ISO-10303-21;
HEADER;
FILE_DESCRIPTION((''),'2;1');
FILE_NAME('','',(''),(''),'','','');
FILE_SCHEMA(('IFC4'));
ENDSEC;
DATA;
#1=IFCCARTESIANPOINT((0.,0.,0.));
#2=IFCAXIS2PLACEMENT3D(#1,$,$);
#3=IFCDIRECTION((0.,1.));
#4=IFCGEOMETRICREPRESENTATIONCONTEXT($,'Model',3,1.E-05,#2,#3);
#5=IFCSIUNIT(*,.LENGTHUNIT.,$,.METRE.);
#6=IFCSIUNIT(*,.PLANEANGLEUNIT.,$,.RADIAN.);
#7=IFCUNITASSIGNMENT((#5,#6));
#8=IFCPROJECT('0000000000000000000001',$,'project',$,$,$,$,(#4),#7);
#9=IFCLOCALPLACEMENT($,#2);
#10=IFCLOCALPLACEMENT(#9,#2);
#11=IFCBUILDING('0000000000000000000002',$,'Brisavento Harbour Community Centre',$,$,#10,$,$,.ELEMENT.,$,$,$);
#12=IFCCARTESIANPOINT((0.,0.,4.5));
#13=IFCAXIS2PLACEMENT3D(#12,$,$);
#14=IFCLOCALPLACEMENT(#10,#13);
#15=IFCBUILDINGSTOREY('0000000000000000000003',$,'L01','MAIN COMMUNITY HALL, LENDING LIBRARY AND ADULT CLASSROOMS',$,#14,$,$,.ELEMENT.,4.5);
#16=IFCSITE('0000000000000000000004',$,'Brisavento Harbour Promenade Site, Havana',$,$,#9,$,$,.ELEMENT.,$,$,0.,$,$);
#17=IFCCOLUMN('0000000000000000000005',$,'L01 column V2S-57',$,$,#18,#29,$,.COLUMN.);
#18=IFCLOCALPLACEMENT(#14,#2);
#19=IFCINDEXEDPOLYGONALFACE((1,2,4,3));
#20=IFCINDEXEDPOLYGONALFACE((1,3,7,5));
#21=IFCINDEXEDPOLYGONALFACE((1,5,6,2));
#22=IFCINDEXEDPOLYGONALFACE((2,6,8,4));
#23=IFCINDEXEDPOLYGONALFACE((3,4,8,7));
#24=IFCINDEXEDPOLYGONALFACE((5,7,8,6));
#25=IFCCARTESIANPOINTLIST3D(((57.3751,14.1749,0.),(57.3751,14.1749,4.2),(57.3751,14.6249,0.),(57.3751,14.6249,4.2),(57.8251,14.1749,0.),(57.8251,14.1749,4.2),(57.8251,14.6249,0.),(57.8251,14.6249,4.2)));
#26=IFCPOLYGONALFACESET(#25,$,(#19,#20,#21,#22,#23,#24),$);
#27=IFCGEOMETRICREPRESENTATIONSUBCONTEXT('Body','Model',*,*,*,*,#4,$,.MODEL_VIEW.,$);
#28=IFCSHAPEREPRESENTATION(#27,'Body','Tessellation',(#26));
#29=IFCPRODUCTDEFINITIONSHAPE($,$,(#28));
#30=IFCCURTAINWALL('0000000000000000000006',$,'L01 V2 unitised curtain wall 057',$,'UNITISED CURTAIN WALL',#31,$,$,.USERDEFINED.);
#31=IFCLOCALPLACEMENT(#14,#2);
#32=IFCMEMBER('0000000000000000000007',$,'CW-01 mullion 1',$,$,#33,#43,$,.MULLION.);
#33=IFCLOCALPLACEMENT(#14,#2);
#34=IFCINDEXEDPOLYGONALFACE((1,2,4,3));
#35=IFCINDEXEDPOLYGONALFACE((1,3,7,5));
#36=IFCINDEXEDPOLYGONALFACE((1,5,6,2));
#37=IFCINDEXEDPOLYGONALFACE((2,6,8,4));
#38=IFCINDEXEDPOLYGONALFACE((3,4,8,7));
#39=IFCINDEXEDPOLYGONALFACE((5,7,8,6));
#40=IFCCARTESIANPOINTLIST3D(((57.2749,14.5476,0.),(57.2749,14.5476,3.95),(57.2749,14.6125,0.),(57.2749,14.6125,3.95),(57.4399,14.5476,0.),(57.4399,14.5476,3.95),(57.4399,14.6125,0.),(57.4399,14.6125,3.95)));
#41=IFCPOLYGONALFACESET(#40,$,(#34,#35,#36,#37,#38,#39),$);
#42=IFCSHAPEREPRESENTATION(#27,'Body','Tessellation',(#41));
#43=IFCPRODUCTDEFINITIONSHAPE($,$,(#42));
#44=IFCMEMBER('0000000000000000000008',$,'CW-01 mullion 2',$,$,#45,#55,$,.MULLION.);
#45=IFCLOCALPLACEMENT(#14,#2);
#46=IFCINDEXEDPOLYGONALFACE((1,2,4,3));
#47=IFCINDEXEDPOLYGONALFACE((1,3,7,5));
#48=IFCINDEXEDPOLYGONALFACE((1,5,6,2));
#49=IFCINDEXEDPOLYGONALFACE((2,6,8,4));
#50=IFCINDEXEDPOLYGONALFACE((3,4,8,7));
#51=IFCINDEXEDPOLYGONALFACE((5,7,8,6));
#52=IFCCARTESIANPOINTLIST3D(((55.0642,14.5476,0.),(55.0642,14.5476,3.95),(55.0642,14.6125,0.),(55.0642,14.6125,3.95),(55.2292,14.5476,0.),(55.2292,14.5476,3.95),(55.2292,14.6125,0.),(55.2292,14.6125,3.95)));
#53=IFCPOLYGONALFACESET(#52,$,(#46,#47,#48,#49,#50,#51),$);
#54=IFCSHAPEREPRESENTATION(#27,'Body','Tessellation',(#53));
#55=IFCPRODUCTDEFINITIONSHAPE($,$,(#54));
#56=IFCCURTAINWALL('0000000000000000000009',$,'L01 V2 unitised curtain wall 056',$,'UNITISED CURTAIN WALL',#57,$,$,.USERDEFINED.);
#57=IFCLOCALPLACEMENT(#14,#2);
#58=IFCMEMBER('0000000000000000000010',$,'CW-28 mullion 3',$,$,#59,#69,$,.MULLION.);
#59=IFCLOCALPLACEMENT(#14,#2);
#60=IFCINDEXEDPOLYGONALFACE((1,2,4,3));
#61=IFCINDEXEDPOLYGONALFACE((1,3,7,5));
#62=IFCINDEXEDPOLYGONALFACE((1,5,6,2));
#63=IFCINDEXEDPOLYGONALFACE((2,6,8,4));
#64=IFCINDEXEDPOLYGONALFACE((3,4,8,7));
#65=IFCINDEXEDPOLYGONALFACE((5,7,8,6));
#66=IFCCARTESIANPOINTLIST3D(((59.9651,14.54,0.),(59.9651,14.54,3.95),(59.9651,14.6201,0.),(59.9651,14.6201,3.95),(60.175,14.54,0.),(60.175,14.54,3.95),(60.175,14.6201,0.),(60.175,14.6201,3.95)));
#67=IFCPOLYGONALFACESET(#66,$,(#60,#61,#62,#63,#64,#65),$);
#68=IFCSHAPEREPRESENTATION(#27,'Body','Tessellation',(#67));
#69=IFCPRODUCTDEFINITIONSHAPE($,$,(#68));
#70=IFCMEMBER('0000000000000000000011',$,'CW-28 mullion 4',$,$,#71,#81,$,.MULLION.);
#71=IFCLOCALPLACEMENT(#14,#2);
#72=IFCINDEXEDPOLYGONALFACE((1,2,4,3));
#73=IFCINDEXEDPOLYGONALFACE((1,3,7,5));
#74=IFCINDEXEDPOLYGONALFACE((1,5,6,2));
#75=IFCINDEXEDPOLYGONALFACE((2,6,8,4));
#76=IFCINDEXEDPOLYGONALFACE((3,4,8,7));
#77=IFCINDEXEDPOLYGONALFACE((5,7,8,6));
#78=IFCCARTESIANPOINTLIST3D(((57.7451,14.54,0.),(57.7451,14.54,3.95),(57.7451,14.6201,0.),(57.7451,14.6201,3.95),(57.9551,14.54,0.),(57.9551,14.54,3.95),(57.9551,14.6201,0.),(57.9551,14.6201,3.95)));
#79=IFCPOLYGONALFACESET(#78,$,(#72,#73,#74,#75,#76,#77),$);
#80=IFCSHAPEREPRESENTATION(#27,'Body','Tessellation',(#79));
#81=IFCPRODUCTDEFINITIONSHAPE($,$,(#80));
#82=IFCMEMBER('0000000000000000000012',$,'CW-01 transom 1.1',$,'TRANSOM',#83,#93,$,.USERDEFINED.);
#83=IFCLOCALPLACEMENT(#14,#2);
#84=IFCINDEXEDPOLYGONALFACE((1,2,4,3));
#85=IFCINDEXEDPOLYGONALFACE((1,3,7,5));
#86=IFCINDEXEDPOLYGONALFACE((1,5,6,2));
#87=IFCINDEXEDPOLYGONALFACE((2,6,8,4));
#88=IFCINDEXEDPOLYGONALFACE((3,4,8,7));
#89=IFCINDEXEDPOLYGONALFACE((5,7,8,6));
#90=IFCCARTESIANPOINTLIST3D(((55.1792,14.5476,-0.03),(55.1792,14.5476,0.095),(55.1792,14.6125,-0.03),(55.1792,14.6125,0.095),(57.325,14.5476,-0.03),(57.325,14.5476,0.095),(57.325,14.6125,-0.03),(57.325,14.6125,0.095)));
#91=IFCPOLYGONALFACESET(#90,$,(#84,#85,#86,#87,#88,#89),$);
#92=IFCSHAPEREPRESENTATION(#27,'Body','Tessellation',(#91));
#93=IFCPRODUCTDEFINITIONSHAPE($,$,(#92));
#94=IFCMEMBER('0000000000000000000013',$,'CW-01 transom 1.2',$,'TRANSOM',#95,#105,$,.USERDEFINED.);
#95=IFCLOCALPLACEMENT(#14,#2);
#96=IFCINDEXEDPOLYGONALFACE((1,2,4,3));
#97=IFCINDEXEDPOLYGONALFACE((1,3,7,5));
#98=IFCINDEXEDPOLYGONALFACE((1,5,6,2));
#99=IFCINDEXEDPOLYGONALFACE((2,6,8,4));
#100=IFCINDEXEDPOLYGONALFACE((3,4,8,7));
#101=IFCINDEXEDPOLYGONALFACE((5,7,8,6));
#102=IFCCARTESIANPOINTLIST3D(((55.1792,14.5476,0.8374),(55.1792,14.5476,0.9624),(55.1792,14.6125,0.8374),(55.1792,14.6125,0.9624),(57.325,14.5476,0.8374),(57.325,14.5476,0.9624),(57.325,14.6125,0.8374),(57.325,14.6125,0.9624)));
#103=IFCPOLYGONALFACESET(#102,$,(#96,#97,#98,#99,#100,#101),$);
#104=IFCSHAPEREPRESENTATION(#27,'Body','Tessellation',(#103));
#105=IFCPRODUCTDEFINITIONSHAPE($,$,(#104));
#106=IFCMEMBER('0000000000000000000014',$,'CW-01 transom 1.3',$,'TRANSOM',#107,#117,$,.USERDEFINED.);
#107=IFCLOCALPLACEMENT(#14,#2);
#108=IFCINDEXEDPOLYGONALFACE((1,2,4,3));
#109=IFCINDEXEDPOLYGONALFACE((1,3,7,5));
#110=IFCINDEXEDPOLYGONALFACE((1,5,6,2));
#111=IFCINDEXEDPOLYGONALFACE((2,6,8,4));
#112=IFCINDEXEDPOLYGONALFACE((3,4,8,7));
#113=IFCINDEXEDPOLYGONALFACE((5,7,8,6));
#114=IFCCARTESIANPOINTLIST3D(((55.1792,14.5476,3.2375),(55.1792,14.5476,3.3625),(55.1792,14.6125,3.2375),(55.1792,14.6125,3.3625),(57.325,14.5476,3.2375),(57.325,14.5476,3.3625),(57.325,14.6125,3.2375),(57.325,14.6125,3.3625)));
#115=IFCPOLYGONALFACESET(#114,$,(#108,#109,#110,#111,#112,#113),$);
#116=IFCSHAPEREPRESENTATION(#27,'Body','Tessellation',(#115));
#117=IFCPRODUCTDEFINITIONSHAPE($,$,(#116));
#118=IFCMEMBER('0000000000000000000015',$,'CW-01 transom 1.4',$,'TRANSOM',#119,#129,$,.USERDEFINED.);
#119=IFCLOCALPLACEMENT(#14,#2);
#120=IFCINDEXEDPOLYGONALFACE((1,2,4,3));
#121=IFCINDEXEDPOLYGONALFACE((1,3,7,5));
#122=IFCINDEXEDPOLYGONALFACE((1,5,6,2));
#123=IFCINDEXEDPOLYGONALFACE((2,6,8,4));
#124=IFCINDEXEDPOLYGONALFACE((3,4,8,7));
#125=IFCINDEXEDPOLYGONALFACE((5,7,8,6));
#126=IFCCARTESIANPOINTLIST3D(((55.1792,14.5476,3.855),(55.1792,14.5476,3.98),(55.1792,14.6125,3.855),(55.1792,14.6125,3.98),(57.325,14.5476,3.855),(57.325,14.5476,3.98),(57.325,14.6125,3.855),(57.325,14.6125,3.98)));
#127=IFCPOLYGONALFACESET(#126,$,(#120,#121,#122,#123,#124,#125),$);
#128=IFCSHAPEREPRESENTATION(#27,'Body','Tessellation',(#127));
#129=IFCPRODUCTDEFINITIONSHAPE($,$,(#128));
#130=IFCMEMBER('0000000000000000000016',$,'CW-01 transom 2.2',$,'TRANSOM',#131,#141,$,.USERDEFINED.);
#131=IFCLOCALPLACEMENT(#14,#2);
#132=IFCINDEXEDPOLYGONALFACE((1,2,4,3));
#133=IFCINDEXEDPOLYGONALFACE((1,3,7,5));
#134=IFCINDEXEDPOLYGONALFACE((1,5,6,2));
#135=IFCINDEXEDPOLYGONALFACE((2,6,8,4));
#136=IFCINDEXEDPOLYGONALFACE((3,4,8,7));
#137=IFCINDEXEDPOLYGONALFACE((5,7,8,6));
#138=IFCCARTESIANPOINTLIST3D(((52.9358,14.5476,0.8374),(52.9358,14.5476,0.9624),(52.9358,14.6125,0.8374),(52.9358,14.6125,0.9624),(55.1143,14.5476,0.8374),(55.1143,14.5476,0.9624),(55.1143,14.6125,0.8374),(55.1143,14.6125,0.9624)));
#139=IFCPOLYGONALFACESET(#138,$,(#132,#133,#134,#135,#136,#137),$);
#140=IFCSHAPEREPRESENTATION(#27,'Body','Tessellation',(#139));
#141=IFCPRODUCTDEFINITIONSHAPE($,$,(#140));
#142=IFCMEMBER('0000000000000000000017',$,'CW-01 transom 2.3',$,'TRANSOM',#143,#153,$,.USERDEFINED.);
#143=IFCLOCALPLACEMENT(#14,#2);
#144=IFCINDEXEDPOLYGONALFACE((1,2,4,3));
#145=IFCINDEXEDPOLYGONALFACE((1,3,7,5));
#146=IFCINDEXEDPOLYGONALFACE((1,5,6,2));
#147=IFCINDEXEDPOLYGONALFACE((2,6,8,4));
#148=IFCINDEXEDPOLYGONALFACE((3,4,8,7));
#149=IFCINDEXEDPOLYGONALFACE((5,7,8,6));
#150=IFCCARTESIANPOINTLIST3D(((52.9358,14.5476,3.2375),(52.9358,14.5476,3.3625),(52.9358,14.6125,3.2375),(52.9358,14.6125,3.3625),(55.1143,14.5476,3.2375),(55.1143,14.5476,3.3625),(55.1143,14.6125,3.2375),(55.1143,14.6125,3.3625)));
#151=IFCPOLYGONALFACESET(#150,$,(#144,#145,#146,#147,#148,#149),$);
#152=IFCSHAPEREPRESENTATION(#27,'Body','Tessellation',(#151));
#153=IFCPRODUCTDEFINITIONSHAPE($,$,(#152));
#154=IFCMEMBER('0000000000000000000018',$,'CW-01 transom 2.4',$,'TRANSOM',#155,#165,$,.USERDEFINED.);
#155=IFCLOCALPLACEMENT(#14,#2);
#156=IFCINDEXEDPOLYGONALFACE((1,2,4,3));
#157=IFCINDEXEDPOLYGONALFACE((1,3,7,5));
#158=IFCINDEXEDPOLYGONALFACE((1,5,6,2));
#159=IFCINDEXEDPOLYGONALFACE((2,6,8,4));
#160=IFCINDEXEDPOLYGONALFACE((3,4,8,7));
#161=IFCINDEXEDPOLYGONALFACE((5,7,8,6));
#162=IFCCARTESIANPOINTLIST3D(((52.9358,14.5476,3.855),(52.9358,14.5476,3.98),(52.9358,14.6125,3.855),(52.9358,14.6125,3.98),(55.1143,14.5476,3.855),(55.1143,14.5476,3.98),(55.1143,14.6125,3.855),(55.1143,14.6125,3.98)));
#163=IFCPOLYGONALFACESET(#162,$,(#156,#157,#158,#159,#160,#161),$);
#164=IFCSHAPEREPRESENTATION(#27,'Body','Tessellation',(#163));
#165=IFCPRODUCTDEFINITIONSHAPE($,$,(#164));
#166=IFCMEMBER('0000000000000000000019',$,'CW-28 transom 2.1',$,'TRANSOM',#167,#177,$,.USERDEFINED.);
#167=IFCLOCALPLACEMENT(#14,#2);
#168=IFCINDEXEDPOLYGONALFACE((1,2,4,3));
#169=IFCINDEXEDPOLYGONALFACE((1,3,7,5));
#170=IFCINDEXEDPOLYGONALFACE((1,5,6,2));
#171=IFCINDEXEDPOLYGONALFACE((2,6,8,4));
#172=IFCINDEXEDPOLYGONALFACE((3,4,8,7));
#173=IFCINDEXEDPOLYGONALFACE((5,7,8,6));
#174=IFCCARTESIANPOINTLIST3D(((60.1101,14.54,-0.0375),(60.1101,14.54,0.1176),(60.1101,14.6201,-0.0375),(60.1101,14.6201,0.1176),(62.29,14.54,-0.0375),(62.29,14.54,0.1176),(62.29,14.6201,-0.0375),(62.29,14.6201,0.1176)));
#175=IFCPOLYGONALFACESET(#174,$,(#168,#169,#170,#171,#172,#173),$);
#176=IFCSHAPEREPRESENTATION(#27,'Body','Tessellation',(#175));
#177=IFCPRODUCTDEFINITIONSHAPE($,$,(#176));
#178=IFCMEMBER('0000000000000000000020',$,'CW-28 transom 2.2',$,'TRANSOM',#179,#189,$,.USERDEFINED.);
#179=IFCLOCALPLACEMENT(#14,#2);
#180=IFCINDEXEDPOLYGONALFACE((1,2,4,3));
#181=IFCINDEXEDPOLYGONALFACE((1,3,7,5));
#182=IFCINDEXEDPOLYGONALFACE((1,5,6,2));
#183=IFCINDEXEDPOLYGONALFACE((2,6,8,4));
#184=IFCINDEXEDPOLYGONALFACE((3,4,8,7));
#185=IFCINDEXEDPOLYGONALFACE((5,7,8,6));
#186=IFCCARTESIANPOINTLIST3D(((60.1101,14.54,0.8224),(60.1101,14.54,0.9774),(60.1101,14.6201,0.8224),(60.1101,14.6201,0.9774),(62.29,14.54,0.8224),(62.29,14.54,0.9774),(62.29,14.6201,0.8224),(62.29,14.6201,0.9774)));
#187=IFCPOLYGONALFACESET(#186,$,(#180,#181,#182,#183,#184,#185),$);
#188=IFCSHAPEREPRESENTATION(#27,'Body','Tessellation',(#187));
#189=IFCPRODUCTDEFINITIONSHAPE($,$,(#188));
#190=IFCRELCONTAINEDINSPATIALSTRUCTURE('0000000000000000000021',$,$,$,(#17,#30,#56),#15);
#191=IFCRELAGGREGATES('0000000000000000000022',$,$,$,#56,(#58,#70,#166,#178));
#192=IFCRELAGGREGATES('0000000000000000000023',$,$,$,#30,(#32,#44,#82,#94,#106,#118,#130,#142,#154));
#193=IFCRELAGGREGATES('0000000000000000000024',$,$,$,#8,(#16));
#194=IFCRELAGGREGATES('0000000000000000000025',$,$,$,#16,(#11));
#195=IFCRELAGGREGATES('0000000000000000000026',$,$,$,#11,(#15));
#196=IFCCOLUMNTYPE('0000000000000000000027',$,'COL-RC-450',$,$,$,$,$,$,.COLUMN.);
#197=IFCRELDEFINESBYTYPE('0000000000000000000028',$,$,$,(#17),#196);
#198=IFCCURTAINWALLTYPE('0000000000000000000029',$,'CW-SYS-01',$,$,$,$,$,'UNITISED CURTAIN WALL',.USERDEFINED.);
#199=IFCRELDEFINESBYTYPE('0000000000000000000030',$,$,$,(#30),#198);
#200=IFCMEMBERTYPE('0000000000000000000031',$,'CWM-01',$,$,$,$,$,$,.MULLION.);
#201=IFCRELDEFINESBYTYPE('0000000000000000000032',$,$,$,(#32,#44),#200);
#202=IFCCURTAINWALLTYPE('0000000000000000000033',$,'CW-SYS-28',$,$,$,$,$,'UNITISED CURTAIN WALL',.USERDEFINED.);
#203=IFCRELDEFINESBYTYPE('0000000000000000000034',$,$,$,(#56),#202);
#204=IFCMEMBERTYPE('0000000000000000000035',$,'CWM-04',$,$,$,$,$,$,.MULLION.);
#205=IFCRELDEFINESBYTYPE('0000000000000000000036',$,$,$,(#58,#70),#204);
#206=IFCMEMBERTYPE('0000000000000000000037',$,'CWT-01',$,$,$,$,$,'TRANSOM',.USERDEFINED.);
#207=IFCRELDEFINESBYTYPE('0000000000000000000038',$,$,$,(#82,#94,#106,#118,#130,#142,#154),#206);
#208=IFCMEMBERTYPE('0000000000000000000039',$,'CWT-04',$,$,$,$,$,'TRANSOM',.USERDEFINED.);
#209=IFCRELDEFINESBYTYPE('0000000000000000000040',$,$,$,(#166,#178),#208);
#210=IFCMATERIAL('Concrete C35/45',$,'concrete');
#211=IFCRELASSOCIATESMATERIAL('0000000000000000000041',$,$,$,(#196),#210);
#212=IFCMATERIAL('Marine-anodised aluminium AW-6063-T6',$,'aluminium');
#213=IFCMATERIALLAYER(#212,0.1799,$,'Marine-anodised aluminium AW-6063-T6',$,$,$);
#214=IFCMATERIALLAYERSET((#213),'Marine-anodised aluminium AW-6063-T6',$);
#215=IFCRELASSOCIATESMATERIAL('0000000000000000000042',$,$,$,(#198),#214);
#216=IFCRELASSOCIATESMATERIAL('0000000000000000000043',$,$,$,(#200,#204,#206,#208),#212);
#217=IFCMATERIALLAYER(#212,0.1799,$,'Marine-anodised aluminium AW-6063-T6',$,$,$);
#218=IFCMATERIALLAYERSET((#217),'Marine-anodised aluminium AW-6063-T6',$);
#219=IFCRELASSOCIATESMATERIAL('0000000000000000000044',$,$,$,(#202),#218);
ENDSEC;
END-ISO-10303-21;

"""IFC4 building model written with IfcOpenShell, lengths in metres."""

from ifc_helpers import new_model, si_unit, direction, frame, origin, origin_2d, place, context, subcontext, project, spatial, rectangle, extrude, material, layer, layer_set, material_profile, profile_set, type_object, element, aggregate, save


model = new_model("IFC4")

# Units and contexts
model_context = context("Model", 3, precision=1e-05, world=origin(), true_north=direction((0.0, 1.0)))
body_context = subcontext(model_context, "Body", "Model", "MODEL_VIEW")
ifc_project = project(units=[si_unit("LENGTHUNIT", "METRE"), si_unit("PLANEANGLEUNIT", "RADIAN")], contexts=[model_context])

# Site, building, storey
site_placement = place(None, origin())
site = spatial("IfcSite", under=ifc_project, at=site_placement, Name="Brisavento Harbour Promenade Site, Havana", CompositionType="ELEMENT", RefElevation=0.0)
building_placement = place(site_placement, origin())
building = spatial("IfcBuilding", under=site, at=building_placement, Name="Brisavento Harbour Community Centre", CompositionType="ELEMENT")
storey_placement = place(building_placement, frame((0.0, 0.0, 4.5)))
storey = spatial("IfcBuildingStorey", under=building, at=storey_placement, Name="L01", Description="MAIN COMMUNITY HALL, LENDING LIBRARY AND ADULT CLASSROOMS", CompositionType="ELEMENT", Elevation=4.5)

# Column
ifc_material_1 = material(Name="Concrete C35/45", Category="concrete")
ifc_material_profile_1 = material_profile(ifc_material_1, rectangle(XDim=0.45, YDim=0.45, at=origin_2d()), Name="Concrete C35/45")
ifc_profile_set_1 = profile_set([ifc_material_profile_1], Name="Concrete C35/45")
column_type = type_object("IfcColumnType", Name="COL-RC-450", PredefinedType="COLUMN", material=ifc_profile_set_1)
column_placement = place(storey_placement, frame((57.6001, 14.3999, 0.0), z_axis=(0.0, 0.0, 1.0), x_axis=(1.0, 0.0, 0.0)))
element("IfcColumn", 1, at=column_placement, inside=storey, type_object=column_type, Name="L01 column V2S-57", PredefinedType="COLUMN", context=body_context, shape_type="SweptSolid", body=[
    extrude(rectangle(XDim=0.45, YDim=0.45, at=origin_2d()), origin(), (0.0, 0.0, 1.0), 4.2),
])

# Curtain walls, members
ifc_material_2 = material(Name="Marine-anodised aluminium AW-6063-T6", Category="aluminium")
ifc_layer_1 = layer(ifc_material_2, 0.1799, Name="Marine-anodised aluminium AW-6063-T6")
ifc_layer_set_1 = layer_set([ifc_layer_1], Name="Marine-anodised aluminium AW-6063-T6")
curtain_wall_type_1 = type_object("IfcCurtainWallType", Name="CW-SYS-01", ElementType="UNITISED CURTAIN WALL", PredefinedType="USERDEFINED", material=ifc_layer_set_1)
curtain_wall_1_placement = place(storey_placement, origin())
curtain_wall_1 = element("IfcCurtainWall", 2, at=curtain_wall_1_placement, inside=storey, type_object=curtain_wall_type_1, Name="L01 V2 unitised curtain wall 057", ObjectType="UNITISED CURTAIN WALL", PredefinedType="USERDEFINED")
ifc_material_profile_2 = material_profile(ifc_material_2, rectangle(XDim=0.0649, YDim=0.165, at=origin_2d()), Name="Marine-anodised aluminium AW-6063-T6")
ifc_profile_set_2 = profile_set([ifc_material_profile_2], Name="Marine-anodised aluminium AW-6063-T6")
member_type_1 = type_object("IfcMemberType", Name="CWM-01", PredefinedType="MULLION", material=ifc_profile_set_2)
member_1_placement = place(storey_placement, frame((57.3574, 14.5801, 0.0), z_axis=(0.0, 0.0, 1.0), x_axis=(0.0, -1.0, 0.0)))
member_1 = element("IfcMember", 3, at=member_1_placement, type_object=member_type_1, Name="CW-01 mullion 1", PredefinedType="MULLION", context=body_context, shape_type="SweptSolid", body=[
    extrude(rectangle(XDim=0.0649, YDim=0.165, at=origin_2d()), origin(), (0.0, 0.0, 1.0), 3.95),
])
member_2_placement = place(storey_placement, frame((55.1467, 14.5801, 0.0), z_axis=(0.0, 0.0, 1.0), x_axis=(0.0, -1.0, 0.0)))
member_2 = element("IfcMember", 4, at=member_2_placement, type_object=member_type_1, Name="CW-01 mullion 2", PredefinedType="MULLION", context=body_context, shape_type="SweptSolid", body=[
    extrude(rectangle(XDim=0.0649, YDim=0.165, at=origin_2d()), origin(), (0.0, 0.0, 1.0), 3.95),
])
ifc_layer_2 = layer(ifc_material_2, 0.1799, Name="Marine-anodised aluminium AW-6063-T6")
ifc_layer_set_2 = layer_set([ifc_layer_2], Name="Marine-anodised aluminium AW-6063-T6")
curtain_wall_type_2 = type_object("IfcCurtainWallType", Name="CW-SYS-28", ElementType="UNITISED CURTAIN WALL", PredefinedType="USERDEFINED", material=ifc_layer_set_2)
curtain_wall_2_placement = place(storey_placement, origin())
curtain_wall_2 = element("IfcCurtainWall", 5, at=curtain_wall_2_placement, inside=storey, type_object=curtain_wall_type_2, Name="L01 V2 unitised curtain wall 056", ObjectType="UNITISED CURTAIN WALL", PredefinedType="USERDEFINED")
ifc_material_profile_3 = material_profile(ifc_material_2, rectangle(XDim=0.0801, YDim=0.21, at=origin_2d()), Name="Marine-anodised aluminium AW-6063-T6")
ifc_profile_set_3 = profile_set([ifc_material_profile_3], Name="Marine-anodised aluminium AW-6063-T6")
member_type_2 = type_object("IfcMemberType", Name="CWM-04", PredefinedType="MULLION", material=ifc_profile_set_3)
member_3_placement = place(storey_placement, frame((60.0701, 14.5801, 0.0), z_axis=(0.0, 0.0, 1.0), x_axis=(0.0, -1.0, 0.0)))
member_3 = element("IfcMember", 6, at=member_3_placement, type_object=member_type_2, Name="CW-28 mullion 3", PredefinedType="MULLION", context=body_context, shape_type="SweptSolid", body=[
    extrude(rectangle(XDim=0.0801, YDim=0.21, at=origin_2d()), origin(), (0.0, 0.0, 1.0), 3.95),
])
member_4_placement = place(storey_placement, frame((57.8501, 14.5801, 0.0), z_axis=(0.0, 0.0, 1.0), x_axis=(0.0, -1.0, 0.0)))
member_4 = element("IfcMember", 7, at=member_4_placement, type_object=member_type_2, Name="CW-28 mullion 4", PredefinedType="MULLION", context=body_context, shape_type="SweptSolid", body=[
    extrude(rectangle(XDim=0.0801, YDim=0.21, at=origin_2d()), origin(), (0.0, 0.0, 1.0), 3.95),
])

# Members
ifc_material_profile_4 = material_profile(ifc_material_2, rectangle(XDim=0.0649, YDim=0.125, at=origin_2d()), Name="Marine-anodised aluminium AW-6063-T6")
ifc_profile_set_4 = profile_set([ifc_material_profile_4], Name="Marine-anodised aluminium AW-6063-T6")
member_type_3 = type_object("IfcMemberType", Name="CWT-01", ElementType="TRANSOM", PredefinedType="USERDEFINED", material=ifc_profile_set_4)
member_5_placement = place(storey_placement, frame((57.325, 14.5801, 0.0325), z_axis=(-1.0, 0.0, 0.0), x_axis=(0.0, -1.0, 0.0)))
member_5 = element("IfcMember", 8, at=member_5_placement, type_object=member_type_3, Name="CW-01 transom 1.1", ObjectType="TRANSOM", PredefinedType="USERDEFINED", context=body_context, shape_type="SweptSolid", body=[
    extrude(rectangle(XDim=0.0649, YDim=0.125, at=origin_2d()), origin(), (0.0, 0.0, 1.0), 2.1458),
])
member_6_placement = place(storey_placement, frame((57.325, 14.5801, 0.8999), z_axis=(-1.0, 0.0, 0.0), x_axis=(0.0, -1.0, 0.0)))
member_6 = element("IfcMember", 9, at=member_6_placement, type_object=member_type_3, Name="CW-01 transom 1.2", ObjectType="TRANSOM", PredefinedType="USERDEFINED", context=body_context, shape_type="SweptSolid", body=[
    extrude(rectangle(XDim=0.0649, YDim=0.125, at=origin_2d()), origin(), (0.0, 0.0, 1.0), 2.1458),
])
member_7_placement = place(storey_placement, frame((57.325, 14.5801, 3.3), z_axis=(-1.0, 0.0, 0.0), x_axis=(0.0, -1.0, 0.0)))
member_7 = element("IfcMember", 10, at=member_7_placement, type_object=member_type_3, Name="CW-01 transom 1.3", ObjectType="TRANSOM", PredefinedType="USERDEFINED", context=body_context, shape_type="SweptSolid", body=[
    extrude(rectangle(XDim=0.0649, YDim=0.125, at=origin_2d()), origin(), (0.0, 0.0, 1.0), 2.1458),
])
member_8_placement = place(storey_placement, frame((57.325, 14.5801, 3.9175), z_axis=(-1.0, 0.0, 0.0), x_axis=(0.0, -1.0, 0.0)))
member_8 = element("IfcMember", 11, at=member_8_placement, type_object=member_type_3, Name="CW-01 transom 1.4", ObjectType="TRANSOM", PredefinedType="USERDEFINED", context=body_context, shape_type="SweptSolid", body=[
    extrude(rectangle(XDim=0.0649, YDim=0.125, at=origin_2d()), origin(), (0.0, 0.0, 1.0), 2.1458),
])
member_9_placement = place(storey_placement, frame((55.1143, 14.5801, 0.8999), z_axis=(-1.0, 0.0, 0.0), x_axis=(0.0, -1.0, 0.0)))
member_9 = element("IfcMember", 12, at=member_9_placement, type_object=member_type_3, Name="CW-01 transom 2.2", ObjectType="TRANSOM", PredefinedType="USERDEFINED", context=body_context, shape_type="SweptSolid", body=[
    extrude(rectangle(XDim=0.0649, YDim=0.125, at=origin_2d()), origin(), (0.0, 0.0, 1.0), 2.1785),
])
member_10_placement = place(storey_placement, frame((55.1143, 14.5801, 3.3), z_axis=(-1.0, 0.0, 0.0), x_axis=(0.0, -1.0, 0.0)))
member_10 = element("IfcMember", 13, at=member_10_placement, type_object=member_type_3, Name="CW-01 transom 2.3", ObjectType="TRANSOM", PredefinedType="USERDEFINED", context=body_context, shape_type="SweptSolid", body=[
    extrude(rectangle(XDim=0.0649, YDim=0.125, at=origin_2d()), origin(), (0.0, 0.0, 1.0), 2.1785),
])
member_11_placement = place(storey_placement, frame((55.1143, 14.5801, 3.9175), z_axis=(-1.0, 0.0, 0.0), x_axis=(0.0, -1.0, 0.0)))
member_11 = element("IfcMember", 14, at=member_11_placement, type_object=member_type_3, Name="CW-01 transom 2.4", ObjectType="TRANSOM", PredefinedType="USERDEFINED", context=body_context, shape_type="SweptSolid", body=[
    extrude(rectangle(XDim=0.0649, YDim=0.125, at=origin_2d()), origin(), (0.0, 0.0, 1.0), 2.1785),
])
ifc_material_profile_5 = material_profile(ifc_material_2, rectangle(XDim=0.0801, YDim=0.155, at=origin_2d()), Name="Marine-anodised aluminium AW-6063-T6")
ifc_profile_set_5 = profile_set([ifc_material_profile_5], Name="Marine-anodised aluminium AW-6063-T6")
member_type_4 = type_object("IfcMemberType", Name="CWT-04", ElementType="TRANSOM", PredefinedType="USERDEFINED", material=ifc_profile_set_5)
member_12_placement = place(storey_placement, frame((62.29, 14.5801, 0.04), z_axis=(-1.0, 0.0, 0.0), x_axis=(0.0, -1.0, 0.0)))
member_12 = element("IfcMember", 15, at=member_12_placement, type_object=member_type_4, Name="CW-28 transom 2.1", ObjectType="TRANSOM", PredefinedType="USERDEFINED", context=body_context, shape_type="SweptSolid", body=[
    extrude(rectangle(XDim=0.0801, YDim=0.155, at=origin_2d()), origin(), (0.0, 0.0, 1.0), 2.1799),
])
member_13_placement = place(storey_placement, frame((62.29, 14.5801, 0.8999), z_axis=(-1.0, 0.0, 0.0), x_axis=(0.0, -1.0, 0.0)))
member_13 = element("IfcMember", 16, at=member_13_placement, type_object=member_type_4, Name="CW-28 transom 2.2", ObjectType="TRANSOM", PredefinedType="USERDEFINED", context=body_context, shape_type="SweptSolid", body=[
    extrude(rectangle(XDim=0.0801, YDim=0.155, at=origin_2d()), origin(), (0.0, 0.0, 1.0), 2.1799),
])

aggregate(curtain_wall_2, [member_3, member_4, member_12, member_13])
aggregate(curtain_wall_1, [member_1, member_2, member_5, member_6, member_7, member_8, member_9, member_10, member_11])

save(model, "model.ifc")
